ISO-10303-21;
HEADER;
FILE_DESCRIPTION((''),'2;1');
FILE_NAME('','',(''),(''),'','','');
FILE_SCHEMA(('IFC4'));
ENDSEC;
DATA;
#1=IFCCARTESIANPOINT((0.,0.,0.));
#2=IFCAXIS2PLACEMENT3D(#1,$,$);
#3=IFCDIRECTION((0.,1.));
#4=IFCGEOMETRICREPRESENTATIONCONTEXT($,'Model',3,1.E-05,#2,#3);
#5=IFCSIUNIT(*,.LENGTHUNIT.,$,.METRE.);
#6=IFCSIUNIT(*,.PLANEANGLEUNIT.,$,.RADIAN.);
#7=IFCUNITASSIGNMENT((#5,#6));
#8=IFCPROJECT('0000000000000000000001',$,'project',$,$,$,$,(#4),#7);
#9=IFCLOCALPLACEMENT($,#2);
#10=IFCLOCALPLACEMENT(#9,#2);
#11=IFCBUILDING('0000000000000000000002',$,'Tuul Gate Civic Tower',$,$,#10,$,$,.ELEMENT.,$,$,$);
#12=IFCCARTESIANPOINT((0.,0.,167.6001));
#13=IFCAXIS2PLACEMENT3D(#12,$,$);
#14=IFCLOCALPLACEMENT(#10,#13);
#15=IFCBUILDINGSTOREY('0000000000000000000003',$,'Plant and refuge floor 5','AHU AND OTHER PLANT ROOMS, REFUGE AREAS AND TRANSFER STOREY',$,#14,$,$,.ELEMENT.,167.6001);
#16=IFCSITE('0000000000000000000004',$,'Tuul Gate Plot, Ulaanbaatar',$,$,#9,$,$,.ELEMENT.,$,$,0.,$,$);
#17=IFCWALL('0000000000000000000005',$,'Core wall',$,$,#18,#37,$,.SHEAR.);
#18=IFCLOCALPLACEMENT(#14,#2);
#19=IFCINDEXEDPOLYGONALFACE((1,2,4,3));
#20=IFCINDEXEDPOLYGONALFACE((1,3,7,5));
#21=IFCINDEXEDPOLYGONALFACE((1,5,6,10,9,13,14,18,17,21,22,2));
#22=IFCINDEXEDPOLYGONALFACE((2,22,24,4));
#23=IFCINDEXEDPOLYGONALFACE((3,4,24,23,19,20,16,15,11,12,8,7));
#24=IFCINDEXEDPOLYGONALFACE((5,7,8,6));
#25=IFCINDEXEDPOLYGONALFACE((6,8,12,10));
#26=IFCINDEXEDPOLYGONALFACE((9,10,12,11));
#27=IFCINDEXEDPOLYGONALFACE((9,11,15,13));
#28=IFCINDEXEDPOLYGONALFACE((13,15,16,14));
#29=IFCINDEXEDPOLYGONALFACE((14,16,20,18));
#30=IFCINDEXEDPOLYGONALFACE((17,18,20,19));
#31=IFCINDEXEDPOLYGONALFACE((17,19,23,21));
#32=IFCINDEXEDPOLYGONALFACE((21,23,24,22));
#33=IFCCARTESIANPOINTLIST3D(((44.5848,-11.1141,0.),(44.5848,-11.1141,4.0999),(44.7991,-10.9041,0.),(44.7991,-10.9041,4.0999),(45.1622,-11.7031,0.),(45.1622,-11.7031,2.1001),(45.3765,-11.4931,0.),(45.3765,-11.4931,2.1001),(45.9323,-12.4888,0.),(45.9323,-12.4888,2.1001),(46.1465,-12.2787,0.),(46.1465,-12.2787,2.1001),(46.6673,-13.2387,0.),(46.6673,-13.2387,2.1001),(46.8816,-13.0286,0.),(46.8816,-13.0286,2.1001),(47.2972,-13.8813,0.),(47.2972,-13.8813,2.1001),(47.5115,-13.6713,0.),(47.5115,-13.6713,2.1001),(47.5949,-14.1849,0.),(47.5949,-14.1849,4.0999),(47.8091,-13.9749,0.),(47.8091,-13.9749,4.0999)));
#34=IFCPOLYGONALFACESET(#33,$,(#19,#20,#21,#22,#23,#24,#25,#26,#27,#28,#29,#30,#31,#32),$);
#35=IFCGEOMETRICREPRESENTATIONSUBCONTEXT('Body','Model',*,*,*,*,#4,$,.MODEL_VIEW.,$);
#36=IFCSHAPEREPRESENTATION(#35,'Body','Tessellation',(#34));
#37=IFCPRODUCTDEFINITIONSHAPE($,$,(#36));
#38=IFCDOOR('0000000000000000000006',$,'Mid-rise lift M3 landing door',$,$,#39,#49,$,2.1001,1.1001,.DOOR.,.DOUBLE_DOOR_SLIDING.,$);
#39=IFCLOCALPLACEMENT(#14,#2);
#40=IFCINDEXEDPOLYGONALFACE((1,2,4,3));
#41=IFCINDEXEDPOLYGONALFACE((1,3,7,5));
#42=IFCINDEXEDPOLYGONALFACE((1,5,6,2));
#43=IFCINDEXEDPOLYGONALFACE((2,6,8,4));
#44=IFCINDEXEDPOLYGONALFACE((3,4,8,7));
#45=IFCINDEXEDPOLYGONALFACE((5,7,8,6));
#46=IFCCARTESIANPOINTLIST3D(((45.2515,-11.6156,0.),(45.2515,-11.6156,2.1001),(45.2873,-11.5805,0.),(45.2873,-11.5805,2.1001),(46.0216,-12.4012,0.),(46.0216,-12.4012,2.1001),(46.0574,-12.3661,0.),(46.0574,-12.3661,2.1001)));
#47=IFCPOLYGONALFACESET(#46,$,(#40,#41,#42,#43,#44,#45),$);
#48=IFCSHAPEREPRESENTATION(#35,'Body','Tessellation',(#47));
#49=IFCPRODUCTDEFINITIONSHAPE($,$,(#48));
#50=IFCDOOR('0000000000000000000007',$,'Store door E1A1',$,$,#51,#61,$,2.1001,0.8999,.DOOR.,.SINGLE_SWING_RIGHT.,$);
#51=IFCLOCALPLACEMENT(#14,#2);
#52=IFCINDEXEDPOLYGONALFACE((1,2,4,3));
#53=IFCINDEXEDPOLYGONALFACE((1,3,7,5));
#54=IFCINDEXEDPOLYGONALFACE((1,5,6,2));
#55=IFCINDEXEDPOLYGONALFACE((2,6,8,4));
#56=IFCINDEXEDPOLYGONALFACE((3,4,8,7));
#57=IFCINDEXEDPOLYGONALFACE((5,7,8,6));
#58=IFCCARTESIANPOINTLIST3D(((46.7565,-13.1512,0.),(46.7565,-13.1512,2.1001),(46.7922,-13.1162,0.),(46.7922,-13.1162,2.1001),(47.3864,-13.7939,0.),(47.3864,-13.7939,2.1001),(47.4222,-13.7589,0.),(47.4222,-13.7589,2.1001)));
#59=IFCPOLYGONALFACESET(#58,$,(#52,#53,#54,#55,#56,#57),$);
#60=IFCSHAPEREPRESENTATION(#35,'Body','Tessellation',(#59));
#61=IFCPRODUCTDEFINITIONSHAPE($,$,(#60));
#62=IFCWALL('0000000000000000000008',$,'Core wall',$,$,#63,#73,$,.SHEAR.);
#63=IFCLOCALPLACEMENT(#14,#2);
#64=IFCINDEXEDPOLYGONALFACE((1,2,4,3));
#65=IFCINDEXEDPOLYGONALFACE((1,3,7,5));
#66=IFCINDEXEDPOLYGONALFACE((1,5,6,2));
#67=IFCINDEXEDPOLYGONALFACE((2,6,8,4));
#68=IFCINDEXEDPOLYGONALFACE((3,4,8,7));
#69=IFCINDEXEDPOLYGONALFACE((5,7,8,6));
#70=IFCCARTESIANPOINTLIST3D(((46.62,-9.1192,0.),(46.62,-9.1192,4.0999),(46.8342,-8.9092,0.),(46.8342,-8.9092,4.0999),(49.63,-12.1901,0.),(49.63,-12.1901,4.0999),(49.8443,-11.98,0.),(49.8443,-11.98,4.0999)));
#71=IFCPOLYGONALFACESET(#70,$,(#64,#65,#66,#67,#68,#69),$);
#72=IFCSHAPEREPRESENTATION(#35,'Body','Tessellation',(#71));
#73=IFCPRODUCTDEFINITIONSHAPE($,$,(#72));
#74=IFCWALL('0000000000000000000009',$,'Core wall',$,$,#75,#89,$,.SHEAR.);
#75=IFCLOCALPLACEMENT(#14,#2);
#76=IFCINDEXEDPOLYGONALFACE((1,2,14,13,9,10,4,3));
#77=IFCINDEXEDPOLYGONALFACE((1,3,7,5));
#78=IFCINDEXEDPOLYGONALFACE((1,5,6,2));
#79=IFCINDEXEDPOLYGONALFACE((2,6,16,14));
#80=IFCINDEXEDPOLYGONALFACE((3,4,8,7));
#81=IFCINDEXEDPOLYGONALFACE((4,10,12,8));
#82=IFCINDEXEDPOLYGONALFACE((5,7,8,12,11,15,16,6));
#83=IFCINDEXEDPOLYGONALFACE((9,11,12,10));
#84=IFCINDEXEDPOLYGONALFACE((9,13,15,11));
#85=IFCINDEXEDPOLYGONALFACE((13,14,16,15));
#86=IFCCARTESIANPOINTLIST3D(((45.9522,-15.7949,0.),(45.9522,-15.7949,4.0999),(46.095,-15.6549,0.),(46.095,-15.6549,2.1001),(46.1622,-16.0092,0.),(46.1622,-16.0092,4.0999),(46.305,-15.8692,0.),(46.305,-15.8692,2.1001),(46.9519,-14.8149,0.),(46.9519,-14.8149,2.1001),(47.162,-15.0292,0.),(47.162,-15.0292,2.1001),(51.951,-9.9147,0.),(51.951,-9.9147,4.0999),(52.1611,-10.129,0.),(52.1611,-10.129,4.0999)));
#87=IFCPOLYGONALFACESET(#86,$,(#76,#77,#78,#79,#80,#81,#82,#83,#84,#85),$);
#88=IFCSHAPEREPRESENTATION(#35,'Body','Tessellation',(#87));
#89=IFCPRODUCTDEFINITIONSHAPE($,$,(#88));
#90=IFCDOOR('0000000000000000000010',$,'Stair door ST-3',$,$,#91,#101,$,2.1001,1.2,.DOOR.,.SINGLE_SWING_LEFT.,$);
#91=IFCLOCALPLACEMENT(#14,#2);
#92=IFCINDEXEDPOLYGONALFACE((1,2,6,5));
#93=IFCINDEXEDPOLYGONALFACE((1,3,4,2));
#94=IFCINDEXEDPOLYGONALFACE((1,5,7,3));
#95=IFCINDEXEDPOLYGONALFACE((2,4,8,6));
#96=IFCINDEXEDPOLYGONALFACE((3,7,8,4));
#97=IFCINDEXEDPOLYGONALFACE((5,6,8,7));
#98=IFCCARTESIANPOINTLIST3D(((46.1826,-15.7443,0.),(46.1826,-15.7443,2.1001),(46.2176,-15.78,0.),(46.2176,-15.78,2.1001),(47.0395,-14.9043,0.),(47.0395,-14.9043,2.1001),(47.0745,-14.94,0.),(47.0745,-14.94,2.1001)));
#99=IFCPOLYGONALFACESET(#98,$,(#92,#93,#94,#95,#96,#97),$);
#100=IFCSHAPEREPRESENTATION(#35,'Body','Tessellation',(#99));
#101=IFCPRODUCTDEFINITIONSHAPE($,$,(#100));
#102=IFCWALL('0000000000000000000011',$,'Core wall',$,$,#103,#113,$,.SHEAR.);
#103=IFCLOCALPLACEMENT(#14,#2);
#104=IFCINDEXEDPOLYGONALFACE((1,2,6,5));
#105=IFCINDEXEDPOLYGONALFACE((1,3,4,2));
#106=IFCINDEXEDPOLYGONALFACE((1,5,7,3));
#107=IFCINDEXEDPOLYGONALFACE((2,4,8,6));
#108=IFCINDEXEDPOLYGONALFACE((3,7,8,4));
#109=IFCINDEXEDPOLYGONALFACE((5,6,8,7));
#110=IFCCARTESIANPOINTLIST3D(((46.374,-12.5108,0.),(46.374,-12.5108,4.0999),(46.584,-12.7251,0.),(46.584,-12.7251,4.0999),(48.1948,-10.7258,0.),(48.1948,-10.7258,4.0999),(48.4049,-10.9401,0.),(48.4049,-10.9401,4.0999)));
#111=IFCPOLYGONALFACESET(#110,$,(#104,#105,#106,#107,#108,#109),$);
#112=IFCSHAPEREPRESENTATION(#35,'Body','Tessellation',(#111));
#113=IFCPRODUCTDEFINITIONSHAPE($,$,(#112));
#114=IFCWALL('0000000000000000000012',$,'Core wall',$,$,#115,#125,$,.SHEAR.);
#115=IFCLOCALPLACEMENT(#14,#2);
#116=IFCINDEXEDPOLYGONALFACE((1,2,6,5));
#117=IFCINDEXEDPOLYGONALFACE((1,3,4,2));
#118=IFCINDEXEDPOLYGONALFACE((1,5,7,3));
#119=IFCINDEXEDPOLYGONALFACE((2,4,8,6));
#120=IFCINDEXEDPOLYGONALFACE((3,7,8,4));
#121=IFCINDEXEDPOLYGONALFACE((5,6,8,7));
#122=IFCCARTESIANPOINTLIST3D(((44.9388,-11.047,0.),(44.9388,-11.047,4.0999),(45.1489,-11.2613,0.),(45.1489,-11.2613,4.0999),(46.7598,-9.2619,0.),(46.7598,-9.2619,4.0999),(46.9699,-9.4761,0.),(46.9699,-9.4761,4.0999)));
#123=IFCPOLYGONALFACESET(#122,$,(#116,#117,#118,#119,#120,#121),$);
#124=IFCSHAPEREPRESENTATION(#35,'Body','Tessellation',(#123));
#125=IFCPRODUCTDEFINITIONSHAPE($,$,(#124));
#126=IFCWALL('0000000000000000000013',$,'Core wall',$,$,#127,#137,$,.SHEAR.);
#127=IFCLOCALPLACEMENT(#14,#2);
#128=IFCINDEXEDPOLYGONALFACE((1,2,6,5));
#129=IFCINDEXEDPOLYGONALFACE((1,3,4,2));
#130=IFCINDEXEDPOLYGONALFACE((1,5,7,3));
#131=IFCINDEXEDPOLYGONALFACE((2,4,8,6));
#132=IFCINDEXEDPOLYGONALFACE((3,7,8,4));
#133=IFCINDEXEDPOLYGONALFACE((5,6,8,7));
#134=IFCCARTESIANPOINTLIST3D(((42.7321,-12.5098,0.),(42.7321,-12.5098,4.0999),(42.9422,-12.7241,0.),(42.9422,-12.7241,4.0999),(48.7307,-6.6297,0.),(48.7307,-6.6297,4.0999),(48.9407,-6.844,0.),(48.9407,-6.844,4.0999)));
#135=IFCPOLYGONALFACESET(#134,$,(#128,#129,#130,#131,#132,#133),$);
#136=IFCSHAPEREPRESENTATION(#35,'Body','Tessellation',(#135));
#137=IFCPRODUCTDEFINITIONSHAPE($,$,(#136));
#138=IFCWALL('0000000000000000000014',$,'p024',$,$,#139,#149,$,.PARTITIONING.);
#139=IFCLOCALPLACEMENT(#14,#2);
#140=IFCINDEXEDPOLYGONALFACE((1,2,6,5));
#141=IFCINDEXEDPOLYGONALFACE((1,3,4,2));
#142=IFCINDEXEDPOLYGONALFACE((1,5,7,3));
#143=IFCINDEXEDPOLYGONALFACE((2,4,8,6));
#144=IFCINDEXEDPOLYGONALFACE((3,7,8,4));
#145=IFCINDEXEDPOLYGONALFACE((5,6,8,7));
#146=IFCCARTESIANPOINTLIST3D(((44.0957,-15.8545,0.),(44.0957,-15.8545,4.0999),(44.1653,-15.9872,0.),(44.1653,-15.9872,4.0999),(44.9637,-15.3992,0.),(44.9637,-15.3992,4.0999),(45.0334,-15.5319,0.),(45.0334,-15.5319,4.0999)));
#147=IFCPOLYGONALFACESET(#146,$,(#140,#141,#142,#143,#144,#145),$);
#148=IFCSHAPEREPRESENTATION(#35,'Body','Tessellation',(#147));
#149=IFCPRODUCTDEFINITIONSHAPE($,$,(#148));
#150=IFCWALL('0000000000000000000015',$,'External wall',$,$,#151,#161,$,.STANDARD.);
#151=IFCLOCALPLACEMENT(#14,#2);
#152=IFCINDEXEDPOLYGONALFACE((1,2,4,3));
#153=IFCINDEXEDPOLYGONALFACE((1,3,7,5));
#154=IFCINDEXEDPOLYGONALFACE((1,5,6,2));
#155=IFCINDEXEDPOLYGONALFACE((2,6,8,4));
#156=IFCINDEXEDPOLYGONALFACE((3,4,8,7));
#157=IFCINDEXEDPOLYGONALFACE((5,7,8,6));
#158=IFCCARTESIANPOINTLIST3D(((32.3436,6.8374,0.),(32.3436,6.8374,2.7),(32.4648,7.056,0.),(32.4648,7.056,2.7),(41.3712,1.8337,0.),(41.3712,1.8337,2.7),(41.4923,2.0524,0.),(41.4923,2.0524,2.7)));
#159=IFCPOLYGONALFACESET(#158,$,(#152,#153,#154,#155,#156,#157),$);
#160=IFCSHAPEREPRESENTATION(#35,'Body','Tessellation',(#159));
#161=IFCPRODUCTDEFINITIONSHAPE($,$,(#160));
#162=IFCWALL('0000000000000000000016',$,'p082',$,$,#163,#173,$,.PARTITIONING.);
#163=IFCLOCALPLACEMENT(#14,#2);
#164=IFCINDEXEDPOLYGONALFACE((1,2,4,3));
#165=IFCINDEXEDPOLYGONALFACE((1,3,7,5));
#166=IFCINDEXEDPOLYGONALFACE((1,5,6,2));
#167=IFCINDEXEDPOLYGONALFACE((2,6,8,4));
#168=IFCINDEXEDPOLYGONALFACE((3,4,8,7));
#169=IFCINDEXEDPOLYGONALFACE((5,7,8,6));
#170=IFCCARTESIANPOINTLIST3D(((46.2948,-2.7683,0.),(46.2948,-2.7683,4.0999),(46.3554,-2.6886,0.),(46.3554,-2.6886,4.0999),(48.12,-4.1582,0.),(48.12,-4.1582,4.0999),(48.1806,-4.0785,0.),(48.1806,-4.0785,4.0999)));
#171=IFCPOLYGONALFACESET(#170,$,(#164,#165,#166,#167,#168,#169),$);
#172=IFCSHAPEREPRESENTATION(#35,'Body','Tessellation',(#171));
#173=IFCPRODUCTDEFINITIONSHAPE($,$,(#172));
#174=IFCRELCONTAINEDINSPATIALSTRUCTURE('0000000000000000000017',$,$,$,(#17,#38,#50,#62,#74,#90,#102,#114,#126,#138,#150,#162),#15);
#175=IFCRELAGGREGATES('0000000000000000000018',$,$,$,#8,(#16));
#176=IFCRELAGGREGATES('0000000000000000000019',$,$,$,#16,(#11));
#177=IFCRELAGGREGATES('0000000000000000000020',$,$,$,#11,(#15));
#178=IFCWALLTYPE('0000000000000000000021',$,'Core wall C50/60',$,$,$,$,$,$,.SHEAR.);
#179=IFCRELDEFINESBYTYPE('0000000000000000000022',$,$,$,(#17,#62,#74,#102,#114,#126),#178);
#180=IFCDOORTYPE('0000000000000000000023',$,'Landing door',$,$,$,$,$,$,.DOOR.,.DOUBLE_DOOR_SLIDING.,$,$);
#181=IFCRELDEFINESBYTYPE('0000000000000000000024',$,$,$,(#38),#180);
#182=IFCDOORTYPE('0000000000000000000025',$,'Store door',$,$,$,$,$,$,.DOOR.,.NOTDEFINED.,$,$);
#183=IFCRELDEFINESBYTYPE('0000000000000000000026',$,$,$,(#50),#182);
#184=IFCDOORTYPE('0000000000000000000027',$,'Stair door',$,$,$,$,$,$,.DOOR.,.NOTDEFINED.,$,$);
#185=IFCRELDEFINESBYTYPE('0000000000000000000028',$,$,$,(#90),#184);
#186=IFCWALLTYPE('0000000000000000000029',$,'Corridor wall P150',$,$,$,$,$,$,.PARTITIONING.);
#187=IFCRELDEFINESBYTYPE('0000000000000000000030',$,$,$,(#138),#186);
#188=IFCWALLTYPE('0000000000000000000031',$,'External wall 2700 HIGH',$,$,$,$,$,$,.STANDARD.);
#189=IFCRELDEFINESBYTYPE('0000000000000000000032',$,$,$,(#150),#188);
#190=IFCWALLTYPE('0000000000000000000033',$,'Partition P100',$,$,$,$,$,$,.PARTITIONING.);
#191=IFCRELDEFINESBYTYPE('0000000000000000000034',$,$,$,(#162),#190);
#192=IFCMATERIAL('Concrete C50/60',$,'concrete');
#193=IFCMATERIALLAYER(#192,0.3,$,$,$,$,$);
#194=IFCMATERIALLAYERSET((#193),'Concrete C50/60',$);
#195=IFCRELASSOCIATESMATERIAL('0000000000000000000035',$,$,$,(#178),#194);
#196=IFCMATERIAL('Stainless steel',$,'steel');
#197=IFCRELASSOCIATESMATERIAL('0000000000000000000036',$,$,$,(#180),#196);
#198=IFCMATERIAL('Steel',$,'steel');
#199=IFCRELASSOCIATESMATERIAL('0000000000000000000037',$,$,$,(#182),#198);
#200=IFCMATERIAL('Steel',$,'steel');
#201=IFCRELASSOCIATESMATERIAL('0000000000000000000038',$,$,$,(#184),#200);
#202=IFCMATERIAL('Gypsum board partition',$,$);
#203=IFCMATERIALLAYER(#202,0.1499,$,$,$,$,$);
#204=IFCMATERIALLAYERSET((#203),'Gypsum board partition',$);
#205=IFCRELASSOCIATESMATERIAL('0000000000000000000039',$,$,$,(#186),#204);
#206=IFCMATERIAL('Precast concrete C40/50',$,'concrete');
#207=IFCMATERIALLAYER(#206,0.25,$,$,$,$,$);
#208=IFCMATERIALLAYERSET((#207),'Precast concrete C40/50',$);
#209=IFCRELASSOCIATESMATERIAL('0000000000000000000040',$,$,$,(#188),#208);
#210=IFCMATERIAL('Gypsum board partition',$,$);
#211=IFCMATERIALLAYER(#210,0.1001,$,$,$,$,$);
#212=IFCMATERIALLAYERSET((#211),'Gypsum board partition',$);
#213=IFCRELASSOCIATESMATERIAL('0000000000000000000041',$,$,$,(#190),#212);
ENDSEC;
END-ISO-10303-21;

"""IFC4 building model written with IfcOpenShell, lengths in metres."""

from ifc_helpers import new_model, si_unit, direction, frame, frame_2d, origin, place, context, subcontext, project, spatial, rectangle, extrude, material, layer, layer_set, type_object, element, fill, save


model = new_model("IFC4")

# Units and contexts
model_context = context("Model", 3, precision=1e-05, world=origin(), true_north=direction((0.0, 1.0)))
body_context = subcontext(model_context, "Body", "Model", "MODEL_VIEW")
ifc_project = project(units=[si_unit("LENGTHUNIT", "METRE"), si_unit("PLANEANGLEUNIT", "RADIAN")], contexts=[model_context])

# Site, building, storey
site_placement = place(None, origin())
site = spatial("IfcSite", under=ifc_project, at=site_placement, Name="Tuul Gate Plot, Ulaanbaatar", CompositionType="ELEMENT", RefElevation=0.0)
building_placement = place(site_placement, origin())
building = spatial("IfcBuilding", under=site, at=building_placement, Name="Tuul Gate Civic Tower", CompositionType="ELEMENT")
storey_placement = place(building_placement, frame((0.0, 0.0, 167.6001)))
storey = spatial("IfcBuildingStorey", under=building, at=storey_placement, Name="Plant and refuge floor 5", Description="AHU AND OTHER PLANT ROOMS, REFUGE AREAS AND TRANSFER STOREY", CompositionType="ELEMENT", Elevation=167.6001)

# Wall, openings, doors
ifc_material_1 = material(Name="Concrete C50/60", Category="concrete")
ifc_layer_1 = layer(ifc_material_1, 0.3)
ifc_layer_set_1 = layer_set([ifc_layer_1], Name="Concrete C50/60")
wall_type_1 = type_object("IfcWallType", Name="Core wall C50/60", PredefinedType="SHEAR", material=ifc_layer_set_1)
wall_1_placement = place(storey_placement, frame((47.7019, -14.0798, 0.0), z_axis=(0.0, 0.0, 1.0), x_axis=(-0.700003, 0.71414, 0.0)))
wall_1 = element("IfcWall", 1, at=wall_1_placement, inside=storey, type_object=wall_type_1, Name="Core wall", PredefinedType="SHEAR", context=body_context, shape_type="SweptSolid", body=[
    extrude(rectangle(XDim=4.3, YDim=0.3, at=frame_2d((2.1499, 0.0))), origin(), (0.0, 0.0, 1.0), 4.0999),
])
opening_1_placement = place(wall_1_placement, frame((0.425, 0.0, 0.0)))
opening_1 = element("IfcOpeningElement", 2, at=opening_1_placement, cuts=wall_1, PredefinedType="OPENING", context=body_context, shape_type="SweptSolid", body=[
    extrude(rectangle(XDim=0.8999, YDim=2.1001, at=frame_2d((0.45, 1.05))), frame((0.0, 0.1602, 0.0), z_axis=(0.0, -1.0, 0.0), x_axis=(1.0, 0.0, 0.0)), (0.0, 0.0, 1.0), 0.3201),
])
opening_2_placement = place(wall_1_placement, frame((2.375, 0.0, 0.0)))
opening_2 = element("IfcOpeningElement", 3, at=opening_2_placement, cuts=wall_1, PredefinedType="OPENING", context=body_context, shape_type="SweptSolid", body=[
    extrude(rectangle(XDim=1.1001, YDim=2.1001, at=frame_2d((0.55, 1.05))), frame((0.0, 0.1602, 0.0), z_axis=(0.0, -1.0, 0.0), x_axis=(1.0, 0.0, 0.0)), (0.0, 0.0, 1.0), 0.3201),
])
ifc_material_2 = material(Name="Stainless steel", Category="steel")
door_type_1 = type_object("IfcDoorType", Name="Landing door", OperationType="DOUBLE_DOOR_SLIDING", PredefinedType="DOOR", material=ifc_material_2)
door_1_placement = place(opening_2_placement, origin())
door_1 = element("IfcDoor", 4, at=door_1_placement, inside=storey, type_object=door_type_1, Name="Mid-rise lift M3 landing door", OperationType="DOUBLE_DOOR_SLIDING", OverallHeight=2.1001, OverallWidth=1.1001, PredefinedType="DOOR", context=body_context, shape_type="SweptSolid", body=[
    extrude(rectangle(XDim=1.1001, YDim=2.1001, at=frame_2d((0.55, 1.05))), frame((0.0, 0.0249, 0.0), z_axis=(0.0, -1.0, 0.0), x_axis=(1.0, 0.0, 0.0)), (0.0, 0.0, 1.0), 0.05),
])
fill(opening_2, door_1)
ifc_material_3 = material(Name="Steel", Category="steel")
door_type_2 = type_object("IfcDoorType", Name="Store door", OperationType="NOTDEFINED", PredefinedType="DOOR", material=ifc_material_3)
door_2_placement = place(opening_1_placement, frame((0.8999, 0.0, 0.0), z_axis=(0.0, 0.0, 1.0), x_axis=(-1.0, 0.0, 0.0)))
door_2 = element("IfcDoor", 5, at=door_2_placement, inside=storey, type_object=door_type_2, Name="Store door E1A1", OperationType="SINGLE_SWING_RIGHT", OverallHeight=2.1001, OverallWidth=0.8999, PredefinedType="DOOR", context=body_context, shape_type="SweptSolid", body=[
    extrude(rectangle(XDim=0.8999, YDim=2.1001, at=frame_2d((0.45, 1.05))), frame((0.0, 0.0249, 0.0), z_axis=(0.0, -1.0, 0.0), x_axis=(1.0, 0.0, 0.0)), (0.0, 0.0, 1.0), 0.05),
])
fill(opening_1, door_2)

# Wall
wall_2_placement = place(storey_placement, frame((49.7371, -12.085, 0.0), z_axis=(0.0, 0.0, 1.0), x_axis=(-0.700003, 0.71414, 0.0)))
element("IfcWall", 6, at=wall_2_placement, inside=storey, type_object=wall_type_1, Name="Core wall", PredefinedType="SHEAR", context=body_context, shape_type="SweptSolid", body=[
    extrude(rectangle(XDim=4.3, YDim=0.3, at=frame_2d((2.1499, 0.0))), origin(), (0.0, 0.0, 1.0), 4.0999),
])

# Wall, opening, door
wall_3_placement = place(storey_placement, frame((46.0571, -15.9021, 0.0), z_axis=(0.0, 0.0, 1.0), x_axis=(0.714134, 0.700009, 0.0)))
wall_3 = element("IfcWall", 7, at=wall_3_placement, inside=storey, type_object=wall_type_1, Name="Core wall", PredefinedType="SHEAR", context=body_context, shape_type="SweptSolid", body=[
    extrude(rectangle(XDim=8.4001, YDim=0.3, at=frame_2d((4.2002, 0.0))), origin(), (0.0, 0.0, 1.0), 4.0999),
])
opening_3_placement = place(wall_3_placement, frame((0.2, 0.0, 0.0)))
opening_3 = element("IfcOpeningElement", 8, at=opening_3_placement, cuts=wall_3, PredefinedType="OPENING", context=body_context, shape_type="SweptSolid", body=[
    extrude(rectangle(XDim=1.2, YDim=2.1001, at=frame_2d((0.6001, 1.05))), frame((0.0, 0.1602, 0.0), z_axis=(0.0, -1.0, 0.0), x_axis=(1.0, 0.0, 0.0)), (0.0, 0.0, 1.0), 0.3201),
])
ifc_material_4 = material(Name="Steel", Category="steel")
door_type_3 = type_object("IfcDoorType", Name="Stair door", OperationType="NOTDEFINED", PredefinedType="DOOR", material=ifc_material_4)
door_3_placement = place(opening_3_placement, origin())
door_3 = element("IfcDoor", 9, at=door_3_placement, inside=storey, type_object=door_type_3, Name="Stair door ST-3", OperationType="SINGLE_SWING_LEFT", OverallHeight=2.1001, OverallWidth=1.2, PredefinedType="DOOR", context=body_context, shape_type="SweptSolid", body=[
    extrude(rectangle(XDim=1.2, YDim=2.1001, at=frame_2d((0.6001, 1.05))), frame((0.0, 0.0249, 0.0), z_axis=(0.0, -1.0, 0.0), x_axis=(1.0, 0.0, 0.0)), (0.0, 0.0, 1.0), 0.05),
])
fill(opening_3, door_3)

# Walls
wall_4_placement = place(storey_placement, frame((46.479, -12.6179, 0.0), z_axis=(0.0, 0.0, 1.0), x_axis=(0.714109, 0.700034, 0.0)))
element("IfcWall", 10, at=wall_4_placement, inside=storey, type_object=wall_type_1, Name="Core wall", PredefinedType="SHEAR", context=body_context, shape_type="SweptSolid", body=[
    extrude(rectangle(XDim=2.5498, YDim=0.3, at=frame_2d((1.2749, 0.0))), origin(), (0.0, 0.0, 1.0), 4.0999),
])
wall_5_placement = place(storey_placement, frame((45.0439, -11.1541, 0.0), z_axis=(0.0, 0.0, 1.0), x_axis=(0.714108, 0.700035, 0.0)))
element("IfcWall", 11, at=wall_5_placement, inside=storey, type_object=wall_type_1, Name="Core wall", PredefinedType="SHEAR", context=body_context, shape_type="SweptSolid", body=[
    extrude(rectangle(XDim=2.55, YDim=0.3, at=frame_2d((1.2749, 0.0))), origin(), (0.0, 0.0, 1.0), 4.0999),
])
wall_6_placement = place(storey_placement, frame((42.8372, -12.6169, 0.0), z_axis=(0.0, 0.0, 1.0), x_axis=(0.71412, 0.700023, 0.0)))
element("IfcWall", 12, at=wall_6_placement, inside=storey, type_object=wall_type_1, Name="Core wall", PredefinedType="SHEAR", context=body_context, shape_type="SweptSolid", body=[
    extrude(rectangle(XDim=8.3999, YDim=0.3, at=frame_2d((4.2, 0.0))), origin(), (0.0, 0.0, 1.0), 4.0999),
])
ifc_material_5 = material(Name="Gypsum board partition")
ifc_layer_2 = layer(ifc_material_5, 0.1499)
ifc_layer_set_2 = layer_set([ifc_layer_2], Name="Gypsum board partition")
wall_type_2 = type_object("IfcWallType", Name="Corridor wall P150", PredefinedType="PARTITIONING", material=ifc_layer_set_2)
wall_7_placement = place(storey_placement, frame((44.1304, -15.9209, 0.0), z_axis=(0.0, 0.0, 1.0), x_axis=(0.885593, 0.464463, 0.0)))
element("IfcWall", 13, at=wall_7_placement, inside=storey, type_object=wall_type_2, Name="p024", PredefinedType="PARTITIONING", context=body_context, shape_type="SweptSolid", body=[
    extrude(rectangle(XDim=0.9802, YDim=0.1499, at=frame_2d((0.4902, 0.0))), origin(), (0.0, 0.0, 1.0), 4.0999),
])
ifc_material_6 = material(Name="Precast concrete C40/50", Category="concrete")
ifc_layer_3 = layer(ifc_material_6, 0.25)
ifc_layer_set_3 = layer_set([ifc_layer_3], Name="Precast concrete C40/50")
wall_type_3 = type_object("IfcWallType", Name="External wall 2700 HIGH", PredefinedType="STANDARD", material=ifc_layer_set_3)
wall_8_placement = place(storey_placement, frame((41.4316, 1.9431, 0.0), z_axis=(0.0, 0.0, 1.0), x_axis=(-0.874637, 0.484779, 0.0)))
element("IfcWall", 14, at=wall_8_placement, inside=storey, type_object=wall_type_3, Name="External wall", PredefinedType="STANDARD", context=body_context, shape_type="SweptSolid", body=[
    extrude(rectangle(XDim=10.3215, YDim=0.25, at=frame_2d((5.1606, 0.0))), origin(), (0.0, 0.0, 1.0), 2.7),
])
ifc_material_7 = material(Name="Gypsum board partition")
ifc_layer_4 = layer(ifc_material_7, 0.1001)
ifc_layer_set_4 = layer_set([ifc_layer_4], Name="Gypsum board partition")
wall_type_4 = type_object("IfcWallType", Name="Partition P100", PredefinedType="PARTITIONING", material=ifc_layer_set_4)
wall_9_placement = place(storey_placement, frame((46.3252, -2.7285, 0.0), z_axis=(0.0, 0.0, 1.0), x_axis=(0.795586, -0.605841, 0.0)))
element("IfcWall", 15, at=wall_9_placement, inside=storey, type_object=wall_type_4, Name="p082", PredefinedType="PARTITIONING", context=body_context, shape_type="SweptSolid", body=[
    extrude(rectangle(XDim=2.2942, YDim=0.1001, at=frame_2d((1.147, 0.0))), origin(), (0.0, 0.0, 1.0), 4.0999),
])

save(model, "model.ifc")
